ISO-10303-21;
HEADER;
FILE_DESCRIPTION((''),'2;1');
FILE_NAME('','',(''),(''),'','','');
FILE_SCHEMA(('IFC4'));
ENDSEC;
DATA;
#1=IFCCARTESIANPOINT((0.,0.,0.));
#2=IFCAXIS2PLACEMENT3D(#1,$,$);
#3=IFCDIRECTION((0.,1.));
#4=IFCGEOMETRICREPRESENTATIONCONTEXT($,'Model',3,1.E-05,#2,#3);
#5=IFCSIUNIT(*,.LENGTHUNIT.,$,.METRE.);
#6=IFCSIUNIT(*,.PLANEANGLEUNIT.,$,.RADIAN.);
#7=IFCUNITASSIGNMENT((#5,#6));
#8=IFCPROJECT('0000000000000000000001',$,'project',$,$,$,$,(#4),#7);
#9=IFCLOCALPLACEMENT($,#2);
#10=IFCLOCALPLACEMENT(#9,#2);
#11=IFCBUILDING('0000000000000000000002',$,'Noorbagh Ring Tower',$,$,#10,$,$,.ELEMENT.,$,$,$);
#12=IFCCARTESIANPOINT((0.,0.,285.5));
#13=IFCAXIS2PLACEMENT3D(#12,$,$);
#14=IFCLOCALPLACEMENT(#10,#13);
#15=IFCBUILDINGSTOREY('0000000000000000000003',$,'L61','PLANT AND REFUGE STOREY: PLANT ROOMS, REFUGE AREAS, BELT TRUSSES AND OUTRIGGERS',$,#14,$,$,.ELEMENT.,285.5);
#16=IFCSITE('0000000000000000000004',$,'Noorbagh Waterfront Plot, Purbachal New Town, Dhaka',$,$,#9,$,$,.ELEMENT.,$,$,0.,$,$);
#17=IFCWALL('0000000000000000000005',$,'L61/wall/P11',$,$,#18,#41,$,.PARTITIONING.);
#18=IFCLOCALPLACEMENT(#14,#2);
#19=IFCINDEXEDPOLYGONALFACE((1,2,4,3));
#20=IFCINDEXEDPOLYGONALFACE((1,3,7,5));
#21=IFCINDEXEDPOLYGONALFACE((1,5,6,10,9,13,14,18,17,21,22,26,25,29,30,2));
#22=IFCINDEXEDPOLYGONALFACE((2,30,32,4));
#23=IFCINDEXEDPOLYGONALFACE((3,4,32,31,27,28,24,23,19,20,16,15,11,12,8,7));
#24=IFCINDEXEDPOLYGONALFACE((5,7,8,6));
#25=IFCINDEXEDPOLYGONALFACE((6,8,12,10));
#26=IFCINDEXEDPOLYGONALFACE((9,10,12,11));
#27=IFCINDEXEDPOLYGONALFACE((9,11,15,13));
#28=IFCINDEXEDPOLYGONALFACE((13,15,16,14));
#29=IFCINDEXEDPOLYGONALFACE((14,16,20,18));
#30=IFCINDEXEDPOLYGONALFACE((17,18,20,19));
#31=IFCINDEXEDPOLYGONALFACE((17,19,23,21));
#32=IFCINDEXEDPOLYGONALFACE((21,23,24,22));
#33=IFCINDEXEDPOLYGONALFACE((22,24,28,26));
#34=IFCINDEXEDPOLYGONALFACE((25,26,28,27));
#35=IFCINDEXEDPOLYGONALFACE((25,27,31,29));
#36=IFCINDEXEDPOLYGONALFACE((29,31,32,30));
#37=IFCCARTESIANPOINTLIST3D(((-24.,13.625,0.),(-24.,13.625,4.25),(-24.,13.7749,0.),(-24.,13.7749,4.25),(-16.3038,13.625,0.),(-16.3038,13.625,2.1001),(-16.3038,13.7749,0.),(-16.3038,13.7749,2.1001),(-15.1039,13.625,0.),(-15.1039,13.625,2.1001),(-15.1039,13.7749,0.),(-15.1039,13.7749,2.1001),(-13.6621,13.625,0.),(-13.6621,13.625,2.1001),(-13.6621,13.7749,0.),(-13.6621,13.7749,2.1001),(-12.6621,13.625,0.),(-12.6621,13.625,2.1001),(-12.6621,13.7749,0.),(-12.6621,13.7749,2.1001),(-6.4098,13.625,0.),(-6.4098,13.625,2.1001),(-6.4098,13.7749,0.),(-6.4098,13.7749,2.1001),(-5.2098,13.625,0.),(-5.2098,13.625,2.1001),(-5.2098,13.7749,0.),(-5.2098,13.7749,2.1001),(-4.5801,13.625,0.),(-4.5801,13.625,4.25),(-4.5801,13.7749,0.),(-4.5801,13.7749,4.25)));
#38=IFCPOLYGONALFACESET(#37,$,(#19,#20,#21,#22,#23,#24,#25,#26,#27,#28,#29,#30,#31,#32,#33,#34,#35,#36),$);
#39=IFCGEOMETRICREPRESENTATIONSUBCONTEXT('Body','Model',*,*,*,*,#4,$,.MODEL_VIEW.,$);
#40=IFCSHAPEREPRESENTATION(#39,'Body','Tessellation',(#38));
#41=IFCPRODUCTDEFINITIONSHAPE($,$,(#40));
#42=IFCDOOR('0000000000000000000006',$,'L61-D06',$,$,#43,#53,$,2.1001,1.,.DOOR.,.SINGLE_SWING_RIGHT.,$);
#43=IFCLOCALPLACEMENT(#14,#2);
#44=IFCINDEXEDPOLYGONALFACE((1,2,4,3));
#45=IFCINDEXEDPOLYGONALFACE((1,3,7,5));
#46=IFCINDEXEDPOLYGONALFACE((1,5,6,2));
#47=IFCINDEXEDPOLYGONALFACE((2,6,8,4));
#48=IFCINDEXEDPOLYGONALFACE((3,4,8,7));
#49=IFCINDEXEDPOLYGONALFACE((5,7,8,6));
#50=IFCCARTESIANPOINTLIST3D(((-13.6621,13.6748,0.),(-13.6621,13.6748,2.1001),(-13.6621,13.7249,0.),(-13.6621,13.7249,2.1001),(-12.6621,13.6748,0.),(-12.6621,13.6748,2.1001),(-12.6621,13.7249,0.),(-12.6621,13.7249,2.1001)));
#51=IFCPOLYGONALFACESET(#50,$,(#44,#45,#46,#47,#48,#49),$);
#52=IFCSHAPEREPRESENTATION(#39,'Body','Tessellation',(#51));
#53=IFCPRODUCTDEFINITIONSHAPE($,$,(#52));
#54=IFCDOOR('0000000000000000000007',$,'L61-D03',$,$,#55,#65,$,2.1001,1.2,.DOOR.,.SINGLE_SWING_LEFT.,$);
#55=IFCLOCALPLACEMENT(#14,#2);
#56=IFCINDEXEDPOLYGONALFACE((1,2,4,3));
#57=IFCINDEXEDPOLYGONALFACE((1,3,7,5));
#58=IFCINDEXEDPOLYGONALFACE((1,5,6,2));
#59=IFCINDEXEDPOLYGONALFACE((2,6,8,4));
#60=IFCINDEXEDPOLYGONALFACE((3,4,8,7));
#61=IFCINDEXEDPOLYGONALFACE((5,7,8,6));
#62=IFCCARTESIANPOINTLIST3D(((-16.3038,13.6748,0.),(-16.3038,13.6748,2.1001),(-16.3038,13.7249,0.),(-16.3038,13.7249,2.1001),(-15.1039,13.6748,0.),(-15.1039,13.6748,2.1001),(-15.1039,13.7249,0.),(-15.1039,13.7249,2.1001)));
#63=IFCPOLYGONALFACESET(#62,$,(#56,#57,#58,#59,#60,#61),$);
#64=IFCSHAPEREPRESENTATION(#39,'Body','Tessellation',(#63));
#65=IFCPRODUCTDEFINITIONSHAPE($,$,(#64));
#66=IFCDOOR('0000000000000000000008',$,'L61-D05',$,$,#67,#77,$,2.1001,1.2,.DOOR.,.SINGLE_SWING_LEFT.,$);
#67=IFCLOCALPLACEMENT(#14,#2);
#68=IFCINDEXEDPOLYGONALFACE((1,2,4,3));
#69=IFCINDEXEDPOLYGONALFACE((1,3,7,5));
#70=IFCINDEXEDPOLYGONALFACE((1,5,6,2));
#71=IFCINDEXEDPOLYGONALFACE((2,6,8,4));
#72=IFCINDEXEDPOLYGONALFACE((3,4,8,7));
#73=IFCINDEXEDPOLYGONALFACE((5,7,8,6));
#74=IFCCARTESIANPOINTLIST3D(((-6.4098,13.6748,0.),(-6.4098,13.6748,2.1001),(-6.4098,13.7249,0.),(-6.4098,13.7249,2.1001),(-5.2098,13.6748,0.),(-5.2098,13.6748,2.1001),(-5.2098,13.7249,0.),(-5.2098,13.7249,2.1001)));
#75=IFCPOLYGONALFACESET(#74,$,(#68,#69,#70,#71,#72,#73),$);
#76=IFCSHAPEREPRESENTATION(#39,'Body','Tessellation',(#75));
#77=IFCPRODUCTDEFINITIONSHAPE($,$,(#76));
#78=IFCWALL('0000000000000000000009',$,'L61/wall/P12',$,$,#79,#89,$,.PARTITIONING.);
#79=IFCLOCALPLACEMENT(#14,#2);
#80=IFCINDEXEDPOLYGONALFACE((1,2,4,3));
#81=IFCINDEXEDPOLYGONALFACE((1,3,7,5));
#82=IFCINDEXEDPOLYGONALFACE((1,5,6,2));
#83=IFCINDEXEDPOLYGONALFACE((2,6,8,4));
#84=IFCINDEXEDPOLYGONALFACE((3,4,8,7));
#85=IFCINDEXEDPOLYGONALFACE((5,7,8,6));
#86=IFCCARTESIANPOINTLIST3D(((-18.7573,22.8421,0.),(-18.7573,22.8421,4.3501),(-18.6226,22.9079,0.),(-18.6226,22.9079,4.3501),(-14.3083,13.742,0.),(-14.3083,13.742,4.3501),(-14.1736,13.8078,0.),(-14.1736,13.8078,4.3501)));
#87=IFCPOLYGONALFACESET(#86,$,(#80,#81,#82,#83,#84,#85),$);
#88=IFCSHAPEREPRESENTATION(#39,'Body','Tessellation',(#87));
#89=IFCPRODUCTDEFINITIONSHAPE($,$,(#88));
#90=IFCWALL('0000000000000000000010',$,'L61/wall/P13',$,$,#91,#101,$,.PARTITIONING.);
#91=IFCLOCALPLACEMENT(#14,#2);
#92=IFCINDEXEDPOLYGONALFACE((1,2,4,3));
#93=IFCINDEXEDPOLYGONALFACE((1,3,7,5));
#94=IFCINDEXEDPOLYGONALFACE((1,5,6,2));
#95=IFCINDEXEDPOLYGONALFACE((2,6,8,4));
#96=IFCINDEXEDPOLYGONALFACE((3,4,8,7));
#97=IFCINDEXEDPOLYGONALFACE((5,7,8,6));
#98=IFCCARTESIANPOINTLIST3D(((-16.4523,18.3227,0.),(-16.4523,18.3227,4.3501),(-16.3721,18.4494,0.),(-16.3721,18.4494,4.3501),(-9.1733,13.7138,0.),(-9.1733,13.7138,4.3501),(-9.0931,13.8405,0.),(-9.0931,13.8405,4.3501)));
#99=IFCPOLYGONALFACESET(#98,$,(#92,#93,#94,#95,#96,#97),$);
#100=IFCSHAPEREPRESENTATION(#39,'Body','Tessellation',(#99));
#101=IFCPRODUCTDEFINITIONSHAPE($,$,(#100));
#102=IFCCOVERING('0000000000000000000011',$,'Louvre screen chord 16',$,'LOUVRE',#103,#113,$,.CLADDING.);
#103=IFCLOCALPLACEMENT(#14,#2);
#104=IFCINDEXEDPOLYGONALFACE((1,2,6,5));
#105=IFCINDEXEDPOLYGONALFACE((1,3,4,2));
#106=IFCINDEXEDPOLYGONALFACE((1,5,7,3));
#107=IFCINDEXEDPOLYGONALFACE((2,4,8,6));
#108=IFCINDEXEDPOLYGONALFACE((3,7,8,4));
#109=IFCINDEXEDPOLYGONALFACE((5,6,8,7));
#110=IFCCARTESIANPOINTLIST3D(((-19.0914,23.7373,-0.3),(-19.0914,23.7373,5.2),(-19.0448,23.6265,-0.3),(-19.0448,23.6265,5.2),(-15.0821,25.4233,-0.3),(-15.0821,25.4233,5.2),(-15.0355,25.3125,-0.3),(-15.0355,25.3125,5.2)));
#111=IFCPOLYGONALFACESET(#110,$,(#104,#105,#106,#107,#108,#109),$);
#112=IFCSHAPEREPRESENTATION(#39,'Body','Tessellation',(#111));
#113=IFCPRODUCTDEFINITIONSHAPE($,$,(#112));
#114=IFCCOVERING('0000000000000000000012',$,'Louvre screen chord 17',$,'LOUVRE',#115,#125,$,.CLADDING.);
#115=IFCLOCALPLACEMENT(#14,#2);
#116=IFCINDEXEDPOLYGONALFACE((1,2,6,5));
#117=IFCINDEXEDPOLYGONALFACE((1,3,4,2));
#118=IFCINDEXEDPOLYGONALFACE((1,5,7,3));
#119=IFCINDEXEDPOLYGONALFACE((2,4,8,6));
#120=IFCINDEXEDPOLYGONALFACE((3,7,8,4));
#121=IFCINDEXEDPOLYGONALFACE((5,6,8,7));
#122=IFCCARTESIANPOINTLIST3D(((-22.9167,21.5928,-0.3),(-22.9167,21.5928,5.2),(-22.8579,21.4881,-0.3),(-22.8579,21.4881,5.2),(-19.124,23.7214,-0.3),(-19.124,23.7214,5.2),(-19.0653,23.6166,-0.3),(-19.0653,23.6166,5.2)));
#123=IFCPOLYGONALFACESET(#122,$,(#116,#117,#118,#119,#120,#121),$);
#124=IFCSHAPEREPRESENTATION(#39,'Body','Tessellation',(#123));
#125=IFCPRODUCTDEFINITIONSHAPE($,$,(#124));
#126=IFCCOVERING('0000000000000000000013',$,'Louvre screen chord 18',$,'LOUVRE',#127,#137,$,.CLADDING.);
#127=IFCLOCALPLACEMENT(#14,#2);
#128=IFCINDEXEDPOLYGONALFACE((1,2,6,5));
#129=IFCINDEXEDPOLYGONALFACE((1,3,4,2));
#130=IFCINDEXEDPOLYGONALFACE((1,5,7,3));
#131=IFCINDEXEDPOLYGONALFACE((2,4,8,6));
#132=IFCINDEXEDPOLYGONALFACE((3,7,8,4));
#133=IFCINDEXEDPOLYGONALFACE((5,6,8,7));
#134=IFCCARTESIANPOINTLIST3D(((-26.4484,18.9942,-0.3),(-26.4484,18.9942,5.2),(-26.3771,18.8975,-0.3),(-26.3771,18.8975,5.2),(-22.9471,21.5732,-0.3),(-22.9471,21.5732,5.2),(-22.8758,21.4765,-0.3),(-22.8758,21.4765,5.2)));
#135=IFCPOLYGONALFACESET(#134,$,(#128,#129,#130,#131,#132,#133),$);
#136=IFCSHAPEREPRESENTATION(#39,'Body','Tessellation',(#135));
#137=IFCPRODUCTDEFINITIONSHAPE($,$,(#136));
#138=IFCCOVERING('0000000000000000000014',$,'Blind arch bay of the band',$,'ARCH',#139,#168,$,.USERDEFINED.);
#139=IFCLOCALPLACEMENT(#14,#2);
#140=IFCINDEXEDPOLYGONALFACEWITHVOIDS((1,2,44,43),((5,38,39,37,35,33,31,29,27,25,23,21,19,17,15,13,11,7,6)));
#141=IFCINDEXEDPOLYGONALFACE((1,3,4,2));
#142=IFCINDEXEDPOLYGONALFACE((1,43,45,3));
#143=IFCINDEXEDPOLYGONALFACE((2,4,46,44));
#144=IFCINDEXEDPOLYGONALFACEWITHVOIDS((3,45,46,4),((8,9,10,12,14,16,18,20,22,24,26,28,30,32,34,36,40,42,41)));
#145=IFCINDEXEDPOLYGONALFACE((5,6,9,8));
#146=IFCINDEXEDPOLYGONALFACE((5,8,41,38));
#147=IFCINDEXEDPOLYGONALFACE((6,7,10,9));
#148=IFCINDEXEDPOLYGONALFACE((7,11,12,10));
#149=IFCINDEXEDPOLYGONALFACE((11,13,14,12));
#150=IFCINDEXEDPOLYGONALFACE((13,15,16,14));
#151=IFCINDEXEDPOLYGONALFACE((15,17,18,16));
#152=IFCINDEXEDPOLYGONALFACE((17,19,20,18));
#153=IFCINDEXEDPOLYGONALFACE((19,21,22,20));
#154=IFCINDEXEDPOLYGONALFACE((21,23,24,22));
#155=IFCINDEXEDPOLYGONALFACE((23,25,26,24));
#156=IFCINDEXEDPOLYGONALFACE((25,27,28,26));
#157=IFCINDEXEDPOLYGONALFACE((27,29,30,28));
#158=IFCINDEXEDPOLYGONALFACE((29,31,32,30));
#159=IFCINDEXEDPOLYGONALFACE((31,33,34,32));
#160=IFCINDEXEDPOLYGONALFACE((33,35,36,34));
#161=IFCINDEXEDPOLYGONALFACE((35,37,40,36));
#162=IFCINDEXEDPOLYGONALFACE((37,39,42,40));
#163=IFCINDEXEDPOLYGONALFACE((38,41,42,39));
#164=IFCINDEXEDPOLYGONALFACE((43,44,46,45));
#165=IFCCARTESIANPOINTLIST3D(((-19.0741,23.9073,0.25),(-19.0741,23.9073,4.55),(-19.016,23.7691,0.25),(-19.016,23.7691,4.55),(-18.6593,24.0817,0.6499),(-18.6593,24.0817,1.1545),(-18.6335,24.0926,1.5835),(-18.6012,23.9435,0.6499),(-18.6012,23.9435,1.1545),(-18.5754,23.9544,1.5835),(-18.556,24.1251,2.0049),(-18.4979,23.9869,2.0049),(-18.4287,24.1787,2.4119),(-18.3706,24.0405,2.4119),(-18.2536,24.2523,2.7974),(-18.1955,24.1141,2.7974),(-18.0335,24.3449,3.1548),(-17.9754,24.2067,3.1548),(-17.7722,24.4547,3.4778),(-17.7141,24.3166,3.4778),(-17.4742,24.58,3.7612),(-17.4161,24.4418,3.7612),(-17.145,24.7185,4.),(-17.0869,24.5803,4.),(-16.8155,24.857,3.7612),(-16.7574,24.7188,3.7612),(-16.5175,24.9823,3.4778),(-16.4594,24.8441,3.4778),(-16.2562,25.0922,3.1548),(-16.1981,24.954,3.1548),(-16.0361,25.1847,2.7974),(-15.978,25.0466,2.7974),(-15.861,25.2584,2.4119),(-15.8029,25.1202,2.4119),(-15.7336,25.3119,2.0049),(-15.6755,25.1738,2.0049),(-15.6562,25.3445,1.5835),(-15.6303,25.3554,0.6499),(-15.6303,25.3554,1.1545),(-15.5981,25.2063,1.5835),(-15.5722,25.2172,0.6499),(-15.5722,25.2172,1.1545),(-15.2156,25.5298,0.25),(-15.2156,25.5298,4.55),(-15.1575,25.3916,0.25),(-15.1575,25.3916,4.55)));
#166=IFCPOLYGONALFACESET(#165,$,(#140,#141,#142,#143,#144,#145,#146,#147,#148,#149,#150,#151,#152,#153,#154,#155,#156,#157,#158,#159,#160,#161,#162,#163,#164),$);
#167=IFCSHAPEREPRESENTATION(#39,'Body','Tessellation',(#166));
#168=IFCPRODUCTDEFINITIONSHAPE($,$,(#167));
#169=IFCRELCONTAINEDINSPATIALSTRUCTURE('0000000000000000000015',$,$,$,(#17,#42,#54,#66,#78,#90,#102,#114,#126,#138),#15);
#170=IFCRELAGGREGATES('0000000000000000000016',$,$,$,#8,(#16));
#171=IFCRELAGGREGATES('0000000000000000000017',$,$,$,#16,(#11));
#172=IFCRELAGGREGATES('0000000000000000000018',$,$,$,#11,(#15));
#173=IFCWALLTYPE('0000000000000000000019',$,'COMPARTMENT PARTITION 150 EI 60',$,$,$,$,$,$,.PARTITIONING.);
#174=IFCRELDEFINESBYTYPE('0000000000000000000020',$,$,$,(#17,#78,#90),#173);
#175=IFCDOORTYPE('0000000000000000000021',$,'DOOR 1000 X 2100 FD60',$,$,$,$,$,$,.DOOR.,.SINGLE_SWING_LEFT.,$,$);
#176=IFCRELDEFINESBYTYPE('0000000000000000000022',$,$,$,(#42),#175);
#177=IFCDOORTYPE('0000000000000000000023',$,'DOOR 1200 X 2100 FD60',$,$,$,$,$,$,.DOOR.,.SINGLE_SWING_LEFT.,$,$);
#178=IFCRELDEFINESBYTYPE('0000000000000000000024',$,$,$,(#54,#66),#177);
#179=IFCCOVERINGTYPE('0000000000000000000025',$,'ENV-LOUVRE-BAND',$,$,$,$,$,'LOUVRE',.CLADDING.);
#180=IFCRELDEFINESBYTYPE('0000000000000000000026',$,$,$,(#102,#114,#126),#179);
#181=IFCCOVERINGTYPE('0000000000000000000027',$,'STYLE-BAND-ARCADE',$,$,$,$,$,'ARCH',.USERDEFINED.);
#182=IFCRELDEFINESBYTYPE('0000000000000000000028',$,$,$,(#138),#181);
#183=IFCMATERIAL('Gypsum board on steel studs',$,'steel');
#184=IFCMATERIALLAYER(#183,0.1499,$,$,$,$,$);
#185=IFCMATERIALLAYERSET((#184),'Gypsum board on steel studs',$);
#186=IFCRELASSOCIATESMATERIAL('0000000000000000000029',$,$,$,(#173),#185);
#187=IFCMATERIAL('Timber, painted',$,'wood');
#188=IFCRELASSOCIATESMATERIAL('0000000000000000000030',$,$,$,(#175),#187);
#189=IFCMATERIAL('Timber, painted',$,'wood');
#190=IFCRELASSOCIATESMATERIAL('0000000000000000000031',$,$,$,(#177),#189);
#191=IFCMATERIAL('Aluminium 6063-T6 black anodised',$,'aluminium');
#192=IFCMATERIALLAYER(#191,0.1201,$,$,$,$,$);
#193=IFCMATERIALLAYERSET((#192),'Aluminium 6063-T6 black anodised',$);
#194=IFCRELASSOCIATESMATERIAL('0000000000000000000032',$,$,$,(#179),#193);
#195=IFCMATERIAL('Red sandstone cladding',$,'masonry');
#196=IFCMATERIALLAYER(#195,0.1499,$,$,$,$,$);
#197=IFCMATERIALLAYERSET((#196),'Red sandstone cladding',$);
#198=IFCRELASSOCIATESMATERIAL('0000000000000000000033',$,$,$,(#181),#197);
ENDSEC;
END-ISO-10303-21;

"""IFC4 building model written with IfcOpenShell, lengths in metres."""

from ifc_helpers import new_model, si_unit, direction, frame, frame_2d, origin, origin_2d, place, context, subcontext, project, spatial, polyline, rectangle, outline, extrude, material, layer, layer_set, type_object, element, fill, save


model = new_model("IFC4")

# Units and contexts
model_context = context("Model", 3, precision=1e-05, world=origin(), true_north=direction((0.0, 1.0)))
body_context = subcontext(model_context, "Body", "Model", "MODEL_VIEW")
ifc_project = project(units=[si_unit("LENGTHUNIT", "METRE"), si_unit("PLANEANGLEUNIT", "RADIAN")], contexts=[model_context])

# Site, building, storey
site_placement = place(None, origin())
site = spatial("IfcSite", under=ifc_project, at=site_placement, Name="Noorbagh Waterfront Plot, Purbachal New Town, Dhaka", CompositionType="ELEMENT", RefElevation=0.0)
building_placement = place(site_placement, origin())
building = spatial("IfcBuilding", under=site, at=building_placement, Name="Noorbagh Ring Tower", CompositionType="ELEMENT")
storey_placement = place(building_placement, frame((0.0, 0.0, 285.5)))
storey = spatial("IfcBuildingStorey", under=building, at=storey_placement, Name="L61", Description="PLANT AND REFUGE STOREY: PLANT ROOMS, REFUGE AREAS, BELT TRUSSES AND OUTRIGGERS", CompositionType="ELEMENT", Elevation=285.5)

# Shared definitions
ifc_material_1 = material(Name="Gypsum board on steel studs", Category="steel")
ifc_layer_1 = layer(ifc_material_1, 0.1499)
ifc_layer_set_1 = layer_set([ifc_layer_1], Name="Gypsum board on steel studs")
wall_type = type_object("IfcWallType", Name="COMPARTMENT PARTITION 150 EI 60", PredefinedType="PARTITIONING", material=ifc_layer_set_1)

# Wall, openings, doors
wall_1_placement = place(storey_placement, frame((-24.0, 13.7, 0.0), z_axis=(0.0, 0.0, 1.0), x_axis=(1.0, 0.0, 0.0)))
wall_1 = element("IfcWall", 1, at=wall_1_placement, inside=storey, type_object=wall_type, Name="L61/wall/P11", PredefinedType="PARTITIONING", context=body_context, shape_type="SweptSolid", body=[
    extrude(rectangle(XDim=19.4199, YDim=0.1499, at=frame_2d((9.71, 0.0))), origin(), (0.0, 0.0, 1.0), 4.25),
])
opening_1_placement = place(wall_1_placement, frame((7.696, 0.0, 0.0)))
opening_1 = element("IfcOpeningElement", 2, at=opening_1_placement, cuts=wall_1, PredefinedType="OPENING", context=body_context, shape_type="SweptSolid", body=[
    extrude(rectangle(XDim=1.2, YDim=2.1001, at=frame_2d((0.6001, 1.05))), frame((0.0, 0.085, 0.0), z_axis=(0.0, -1.0, 0.0), x_axis=(1.0, 0.0, 0.0)), (0.0, 0.0, 1.0), 0.1699),
])
opening_2_placement = place(wall_1_placement, frame((17.5901, 0.0, 0.0)))
opening_2 = element("IfcOpeningElement", 3, at=opening_2_placement, cuts=wall_1, PredefinedType="OPENING", context=body_context, shape_type="SweptSolid", body=[
    extrude(rectangle(XDim=1.2, YDim=2.1001, at=frame_2d((0.6001, 1.05))), frame((0.0, 0.085, 0.0), z_axis=(0.0, -1.0, 0.0), x_axis=(1.0, 0.0, 0.0)), (0.0, 0.0, 1.0), 0.1699),
])
opening_3_placement = place(wall_1_placement, frame((10.3379, 0.0, 0.0)))
opening_3 = element("IfcOpeningElement", 4, at=opening_3_placement, cuts=wall_1, PredefinedType="OPENING", context=body_context, shape_type="SweptSolid", body=[
    extrude(rectangle(XDim=1.0, YDim=2.1001, at=frame_2d((0.5, 1.05))), frame((0.0, 0.085, 0.0), z_axis=(0.0, -1.0, 0.0), x_axis=(1.0, 0.0, 0.0)), (0.0, 0.0, 1.0), 0.1699),
])
ifc_material_2 = material(Name="Timber, painted", Category="wood")
door_type_1 = type_object("IfcDoorType", Name="DOOR 1000 X 2100 FD60", OperationType="SINGLE_SWING_LEFT", PredefinedType="DOOR", material=ifc_material_2)
door_1_placement = place(opening_3_placement, origin())
door_1 = element("IfcDoor", 5, at=door_1_placement, inside=storey, type_object=door_type_1, Name="L61-D06", OperationType="SINGLE_SWING_RIGHT", OverallHeight=2.1001, OverallWidth=1.0, PredefinedType="DOOR", context=body_context, shape_type="SweptSolid", body=[
    extrude(rectangle(XDim=1.0, YDim=2.1001, at=frame_2d((0.5, 1.05))), frame((0.0, 0.0249, 0.0), z_axis=(0.0, -1.0, 0.0), x_axis=(1.0, 0.0, 0.0)), (0.0, 0.0, 1.0), 0.05),
])
fill(opening_3, door_1)
ifc_material_3 = material(Name="Timber, painted", Category="wood")
door_type_2 = type_object("IfcDoorType", Name="DOOR 1200 X 2100 FD60", OperationType="SINGLE_SWING_LEFT", PredefinedType="DOOR", material=ifc_material_3)
door_2_placement = place(opening_1_placement, origin())
door_2 = element("IfcDoor", 6, at=door_2_placement, inside=storey, type_object=door_type_2, Name="L61-D03", OperationType="SINGLE_SWING_LEFT", OverallHeight=2.1001, OverallWidth=1.2, PredefinedType="DOOR", context=body_context, shape_type="SweptSolid", body=[
    extrude(rectangle(XDim=1.2, YDim=2.1001, at=frame_2d((0.6001, 1.05))), frame((0.0, 0.0249, 0.0), z_axis=(0.0, -1.0, 0.0), x_axis=(1.0, 0.0, 0.0)), (0.0, 0.0, 1.0), 0.05),
])
fill(opening_1, door_2)
door_3_placement = place(opening_2_placement, origin())
door_3 = element("IfcDoor", 7, at=door_3_placement, inside=storey, type_object=door_type_2, Name="L61-D05", OperationType="SINGLE_SWING_LEFT", OverallHeight=2.1001, OverallWidth=1.2, PredefinedType="DOOR", context=body_context, shape_type="SweptSolid", body=[
    extrude(rectangle(XDim=1.2, YDim=2.1001, at=frame_2d((0.6001, 1.05))), frame((0.0, 0.0249, 0.0), z_axis=(0.0, -1.0, 0.0), x_axis=(1.0, 0.0, 0.0)), (0.0, 0.0, 1.0), 0.05),
])
fill(opening_2, door_3)

# Walls
wall_2_placement = place(storey_placement, frame((-18.6899, 22.875, 0.0), z_axis=(0.0, 0.0, 1.0), x_axis=(0.439213, -0.898383, 0.0)))
element("IfcWall", 8, at=wall_2_placement, inside=storey, type_object=wall_type, Name="L61/wall/P12", PredefinedType="PARTITIONING", context=body_context, shape_type="SweptSolid", body=[
    extrude(rectangle(XDim=10.1294, YDim=0.1499, at=frame_2d((5.0647, 0.0))), origin(), (0.0, 0.0, 1.0), 4.3501),
])
wall_3_placement = place(storey_placement, frame((-16.4121, 18.386, 0.0), z_axis=(0.0, 0.0, 1.0), x_axis=(0.844881, -0.534954, 0.0)))
element("IfcWall", 9, at=wall_3_placement, inside=storey, type_object=wall_type, Name="L61/wall/P13", PredefinedType="PARTITIONING", context=body_context, shape_type="SweptSolid", body=[
    extrude(rectangle(XDim=8.6155, YDim=0.1499, at=frame_2d((4.3076, 0.0))), origin(), (0.0, 0.0, 1.0), 4.3501),
])

# Coverings
ifc_material_4 = material(Name="Aluminium 6063-T6 black anodised", Category="aluminium")
ifc_layer_2 = layer(ifc_material_4, 0.1201)
ifc_layer_set_2 = layer_set([ifc_layer_2], Name="Aluminium 6063-T6 black anodised")
covering_type_1 = type_object("IfcCoveringType", Name="ENV-LOUVRE-BAND", ElementType="LOUVRE", PredefinedType="CLADDING", material=ifc_layer_set_2)
covering_1_placement = place(storey_placement, frame((-17.0635, 24.5249, -0.3), z_axis=(0.0, 0.0, 1.0), x_axis=(-0.921812, -0.387638, 0.0)))
element("IfcCovering", 10, at=covering_1_placement, inside=storey, type_object=covering_type_1, Name="Louvre screen chord 16", ObjectType="LOUVRE", PredefinedType="CLADDING", context=body_context, shape_type="SweptSolid", body=[
    extrude(rectangle(XDim=4.3494, YDim=0.1201, at=origin_2d()), origin(), (0.0, 0.0, 1.0), 5.5),
])
covering_2_placement = place(storey_placement, frame((-20.991, 22.6047, -0.3), z_axis=(0.0, 0.0, 1.0), x_axis=(-0.872045, -0.489426, 0.0)))
element("IfcCovering", 11, at=covering_2_placement, inside=storey, type_object=covering_type_1, Name="Louvre screen chord 17", ObjectType="LOUVRE", PredefinedType="CLADDING", context=body_context, shape_type="SweptSolid", body=[
    extrude(rectangle(XDim=4.3491, YDim=0.1201, at=origin_2d()), origin(), (0.0, 0.0, 1.0), 5.5),
])
covering_3_placement = place(storey_placement, frame((-24.6621, 20.2354, -0.3), z_axis=(0.0, 0.0, 1.0), x_axis=(-0.805153, -0.593067, 0.0)))
element("IfcCovering", 12, at=covering_3_placement, inside=storey, type_object=covering_type_1, Name="Louvre screen chord 18", ObjectType="LOUVRE", PredefinedType="CLADDING", context=body_context, shape_type="SweptSolid", body=[
    extrude(rectangle(XDim=4.3486, YDim=0.1201, at=origin_2d()), origin(), (0.0, 0.0, 1.0), 5.5),
])
ifc_material_5 = material(Name="Red sandstone cladding", Category="masonry")
ifc_layer_3 = layer(ifc_material_5, 0.1499)
ifc_layer_set_3 = layer_set([ifc_layer_3], Name="Red sandstone cladding")
covering_type_2 = type_object("IfcCoveringType", Name="STYLE-BAND-ARCADE", ElementType="ARCH", PredefinedType="USERDEFINED", material=ifc_layer_set_3)
covering_4_placement = place(storey_placement, frame((-15.2156, 25.5298, 0.25), z_axis=(-0.387624, 0.921818, 0.0), x_axis=(-0.921818, -0.387624, 0.0)))
element("IfcCovering", 13, at=covering_4_placement, inside=storey, type_object=covering_type_2, Name="Blind arch bay of the band", ObjectType="ARCH", PredefinedType="USERDEFINED", context=body_context, shape_type="SweptSolid", body=[
    extrude(outline(polyline([(0.0, 0.0), (4.1858, 0.0), (4.1858, 4.3), (0.0, 4.3), (0.0, 0.0)]), holes=[polyline([(0.45, 0.3999), (0.45, 0.9045), (0.478, 1.3335), (0.562, 1.7549), (0.7002, 2.1619), (0.8901, 2.5474), (1.1289, 2.9048), (1.4124, 3.2278), (1.7356, 3.5112), (2.093, 3.75), (2.4502, 3.5112), (2.7734, 3.2278), (3.0569, 2.9048), (3.2957, 2.5474), (3.4856, 2.1619), (3.6238, 1.7549), (3.7078, 1.3335), (3.7358, 0.9045), (3.7358, 0.3999), (0.45, 0.3999)])]), origin(), (0.0, 0.0, -1.0), 0.1499),
])

save(model, "model.ifc")
